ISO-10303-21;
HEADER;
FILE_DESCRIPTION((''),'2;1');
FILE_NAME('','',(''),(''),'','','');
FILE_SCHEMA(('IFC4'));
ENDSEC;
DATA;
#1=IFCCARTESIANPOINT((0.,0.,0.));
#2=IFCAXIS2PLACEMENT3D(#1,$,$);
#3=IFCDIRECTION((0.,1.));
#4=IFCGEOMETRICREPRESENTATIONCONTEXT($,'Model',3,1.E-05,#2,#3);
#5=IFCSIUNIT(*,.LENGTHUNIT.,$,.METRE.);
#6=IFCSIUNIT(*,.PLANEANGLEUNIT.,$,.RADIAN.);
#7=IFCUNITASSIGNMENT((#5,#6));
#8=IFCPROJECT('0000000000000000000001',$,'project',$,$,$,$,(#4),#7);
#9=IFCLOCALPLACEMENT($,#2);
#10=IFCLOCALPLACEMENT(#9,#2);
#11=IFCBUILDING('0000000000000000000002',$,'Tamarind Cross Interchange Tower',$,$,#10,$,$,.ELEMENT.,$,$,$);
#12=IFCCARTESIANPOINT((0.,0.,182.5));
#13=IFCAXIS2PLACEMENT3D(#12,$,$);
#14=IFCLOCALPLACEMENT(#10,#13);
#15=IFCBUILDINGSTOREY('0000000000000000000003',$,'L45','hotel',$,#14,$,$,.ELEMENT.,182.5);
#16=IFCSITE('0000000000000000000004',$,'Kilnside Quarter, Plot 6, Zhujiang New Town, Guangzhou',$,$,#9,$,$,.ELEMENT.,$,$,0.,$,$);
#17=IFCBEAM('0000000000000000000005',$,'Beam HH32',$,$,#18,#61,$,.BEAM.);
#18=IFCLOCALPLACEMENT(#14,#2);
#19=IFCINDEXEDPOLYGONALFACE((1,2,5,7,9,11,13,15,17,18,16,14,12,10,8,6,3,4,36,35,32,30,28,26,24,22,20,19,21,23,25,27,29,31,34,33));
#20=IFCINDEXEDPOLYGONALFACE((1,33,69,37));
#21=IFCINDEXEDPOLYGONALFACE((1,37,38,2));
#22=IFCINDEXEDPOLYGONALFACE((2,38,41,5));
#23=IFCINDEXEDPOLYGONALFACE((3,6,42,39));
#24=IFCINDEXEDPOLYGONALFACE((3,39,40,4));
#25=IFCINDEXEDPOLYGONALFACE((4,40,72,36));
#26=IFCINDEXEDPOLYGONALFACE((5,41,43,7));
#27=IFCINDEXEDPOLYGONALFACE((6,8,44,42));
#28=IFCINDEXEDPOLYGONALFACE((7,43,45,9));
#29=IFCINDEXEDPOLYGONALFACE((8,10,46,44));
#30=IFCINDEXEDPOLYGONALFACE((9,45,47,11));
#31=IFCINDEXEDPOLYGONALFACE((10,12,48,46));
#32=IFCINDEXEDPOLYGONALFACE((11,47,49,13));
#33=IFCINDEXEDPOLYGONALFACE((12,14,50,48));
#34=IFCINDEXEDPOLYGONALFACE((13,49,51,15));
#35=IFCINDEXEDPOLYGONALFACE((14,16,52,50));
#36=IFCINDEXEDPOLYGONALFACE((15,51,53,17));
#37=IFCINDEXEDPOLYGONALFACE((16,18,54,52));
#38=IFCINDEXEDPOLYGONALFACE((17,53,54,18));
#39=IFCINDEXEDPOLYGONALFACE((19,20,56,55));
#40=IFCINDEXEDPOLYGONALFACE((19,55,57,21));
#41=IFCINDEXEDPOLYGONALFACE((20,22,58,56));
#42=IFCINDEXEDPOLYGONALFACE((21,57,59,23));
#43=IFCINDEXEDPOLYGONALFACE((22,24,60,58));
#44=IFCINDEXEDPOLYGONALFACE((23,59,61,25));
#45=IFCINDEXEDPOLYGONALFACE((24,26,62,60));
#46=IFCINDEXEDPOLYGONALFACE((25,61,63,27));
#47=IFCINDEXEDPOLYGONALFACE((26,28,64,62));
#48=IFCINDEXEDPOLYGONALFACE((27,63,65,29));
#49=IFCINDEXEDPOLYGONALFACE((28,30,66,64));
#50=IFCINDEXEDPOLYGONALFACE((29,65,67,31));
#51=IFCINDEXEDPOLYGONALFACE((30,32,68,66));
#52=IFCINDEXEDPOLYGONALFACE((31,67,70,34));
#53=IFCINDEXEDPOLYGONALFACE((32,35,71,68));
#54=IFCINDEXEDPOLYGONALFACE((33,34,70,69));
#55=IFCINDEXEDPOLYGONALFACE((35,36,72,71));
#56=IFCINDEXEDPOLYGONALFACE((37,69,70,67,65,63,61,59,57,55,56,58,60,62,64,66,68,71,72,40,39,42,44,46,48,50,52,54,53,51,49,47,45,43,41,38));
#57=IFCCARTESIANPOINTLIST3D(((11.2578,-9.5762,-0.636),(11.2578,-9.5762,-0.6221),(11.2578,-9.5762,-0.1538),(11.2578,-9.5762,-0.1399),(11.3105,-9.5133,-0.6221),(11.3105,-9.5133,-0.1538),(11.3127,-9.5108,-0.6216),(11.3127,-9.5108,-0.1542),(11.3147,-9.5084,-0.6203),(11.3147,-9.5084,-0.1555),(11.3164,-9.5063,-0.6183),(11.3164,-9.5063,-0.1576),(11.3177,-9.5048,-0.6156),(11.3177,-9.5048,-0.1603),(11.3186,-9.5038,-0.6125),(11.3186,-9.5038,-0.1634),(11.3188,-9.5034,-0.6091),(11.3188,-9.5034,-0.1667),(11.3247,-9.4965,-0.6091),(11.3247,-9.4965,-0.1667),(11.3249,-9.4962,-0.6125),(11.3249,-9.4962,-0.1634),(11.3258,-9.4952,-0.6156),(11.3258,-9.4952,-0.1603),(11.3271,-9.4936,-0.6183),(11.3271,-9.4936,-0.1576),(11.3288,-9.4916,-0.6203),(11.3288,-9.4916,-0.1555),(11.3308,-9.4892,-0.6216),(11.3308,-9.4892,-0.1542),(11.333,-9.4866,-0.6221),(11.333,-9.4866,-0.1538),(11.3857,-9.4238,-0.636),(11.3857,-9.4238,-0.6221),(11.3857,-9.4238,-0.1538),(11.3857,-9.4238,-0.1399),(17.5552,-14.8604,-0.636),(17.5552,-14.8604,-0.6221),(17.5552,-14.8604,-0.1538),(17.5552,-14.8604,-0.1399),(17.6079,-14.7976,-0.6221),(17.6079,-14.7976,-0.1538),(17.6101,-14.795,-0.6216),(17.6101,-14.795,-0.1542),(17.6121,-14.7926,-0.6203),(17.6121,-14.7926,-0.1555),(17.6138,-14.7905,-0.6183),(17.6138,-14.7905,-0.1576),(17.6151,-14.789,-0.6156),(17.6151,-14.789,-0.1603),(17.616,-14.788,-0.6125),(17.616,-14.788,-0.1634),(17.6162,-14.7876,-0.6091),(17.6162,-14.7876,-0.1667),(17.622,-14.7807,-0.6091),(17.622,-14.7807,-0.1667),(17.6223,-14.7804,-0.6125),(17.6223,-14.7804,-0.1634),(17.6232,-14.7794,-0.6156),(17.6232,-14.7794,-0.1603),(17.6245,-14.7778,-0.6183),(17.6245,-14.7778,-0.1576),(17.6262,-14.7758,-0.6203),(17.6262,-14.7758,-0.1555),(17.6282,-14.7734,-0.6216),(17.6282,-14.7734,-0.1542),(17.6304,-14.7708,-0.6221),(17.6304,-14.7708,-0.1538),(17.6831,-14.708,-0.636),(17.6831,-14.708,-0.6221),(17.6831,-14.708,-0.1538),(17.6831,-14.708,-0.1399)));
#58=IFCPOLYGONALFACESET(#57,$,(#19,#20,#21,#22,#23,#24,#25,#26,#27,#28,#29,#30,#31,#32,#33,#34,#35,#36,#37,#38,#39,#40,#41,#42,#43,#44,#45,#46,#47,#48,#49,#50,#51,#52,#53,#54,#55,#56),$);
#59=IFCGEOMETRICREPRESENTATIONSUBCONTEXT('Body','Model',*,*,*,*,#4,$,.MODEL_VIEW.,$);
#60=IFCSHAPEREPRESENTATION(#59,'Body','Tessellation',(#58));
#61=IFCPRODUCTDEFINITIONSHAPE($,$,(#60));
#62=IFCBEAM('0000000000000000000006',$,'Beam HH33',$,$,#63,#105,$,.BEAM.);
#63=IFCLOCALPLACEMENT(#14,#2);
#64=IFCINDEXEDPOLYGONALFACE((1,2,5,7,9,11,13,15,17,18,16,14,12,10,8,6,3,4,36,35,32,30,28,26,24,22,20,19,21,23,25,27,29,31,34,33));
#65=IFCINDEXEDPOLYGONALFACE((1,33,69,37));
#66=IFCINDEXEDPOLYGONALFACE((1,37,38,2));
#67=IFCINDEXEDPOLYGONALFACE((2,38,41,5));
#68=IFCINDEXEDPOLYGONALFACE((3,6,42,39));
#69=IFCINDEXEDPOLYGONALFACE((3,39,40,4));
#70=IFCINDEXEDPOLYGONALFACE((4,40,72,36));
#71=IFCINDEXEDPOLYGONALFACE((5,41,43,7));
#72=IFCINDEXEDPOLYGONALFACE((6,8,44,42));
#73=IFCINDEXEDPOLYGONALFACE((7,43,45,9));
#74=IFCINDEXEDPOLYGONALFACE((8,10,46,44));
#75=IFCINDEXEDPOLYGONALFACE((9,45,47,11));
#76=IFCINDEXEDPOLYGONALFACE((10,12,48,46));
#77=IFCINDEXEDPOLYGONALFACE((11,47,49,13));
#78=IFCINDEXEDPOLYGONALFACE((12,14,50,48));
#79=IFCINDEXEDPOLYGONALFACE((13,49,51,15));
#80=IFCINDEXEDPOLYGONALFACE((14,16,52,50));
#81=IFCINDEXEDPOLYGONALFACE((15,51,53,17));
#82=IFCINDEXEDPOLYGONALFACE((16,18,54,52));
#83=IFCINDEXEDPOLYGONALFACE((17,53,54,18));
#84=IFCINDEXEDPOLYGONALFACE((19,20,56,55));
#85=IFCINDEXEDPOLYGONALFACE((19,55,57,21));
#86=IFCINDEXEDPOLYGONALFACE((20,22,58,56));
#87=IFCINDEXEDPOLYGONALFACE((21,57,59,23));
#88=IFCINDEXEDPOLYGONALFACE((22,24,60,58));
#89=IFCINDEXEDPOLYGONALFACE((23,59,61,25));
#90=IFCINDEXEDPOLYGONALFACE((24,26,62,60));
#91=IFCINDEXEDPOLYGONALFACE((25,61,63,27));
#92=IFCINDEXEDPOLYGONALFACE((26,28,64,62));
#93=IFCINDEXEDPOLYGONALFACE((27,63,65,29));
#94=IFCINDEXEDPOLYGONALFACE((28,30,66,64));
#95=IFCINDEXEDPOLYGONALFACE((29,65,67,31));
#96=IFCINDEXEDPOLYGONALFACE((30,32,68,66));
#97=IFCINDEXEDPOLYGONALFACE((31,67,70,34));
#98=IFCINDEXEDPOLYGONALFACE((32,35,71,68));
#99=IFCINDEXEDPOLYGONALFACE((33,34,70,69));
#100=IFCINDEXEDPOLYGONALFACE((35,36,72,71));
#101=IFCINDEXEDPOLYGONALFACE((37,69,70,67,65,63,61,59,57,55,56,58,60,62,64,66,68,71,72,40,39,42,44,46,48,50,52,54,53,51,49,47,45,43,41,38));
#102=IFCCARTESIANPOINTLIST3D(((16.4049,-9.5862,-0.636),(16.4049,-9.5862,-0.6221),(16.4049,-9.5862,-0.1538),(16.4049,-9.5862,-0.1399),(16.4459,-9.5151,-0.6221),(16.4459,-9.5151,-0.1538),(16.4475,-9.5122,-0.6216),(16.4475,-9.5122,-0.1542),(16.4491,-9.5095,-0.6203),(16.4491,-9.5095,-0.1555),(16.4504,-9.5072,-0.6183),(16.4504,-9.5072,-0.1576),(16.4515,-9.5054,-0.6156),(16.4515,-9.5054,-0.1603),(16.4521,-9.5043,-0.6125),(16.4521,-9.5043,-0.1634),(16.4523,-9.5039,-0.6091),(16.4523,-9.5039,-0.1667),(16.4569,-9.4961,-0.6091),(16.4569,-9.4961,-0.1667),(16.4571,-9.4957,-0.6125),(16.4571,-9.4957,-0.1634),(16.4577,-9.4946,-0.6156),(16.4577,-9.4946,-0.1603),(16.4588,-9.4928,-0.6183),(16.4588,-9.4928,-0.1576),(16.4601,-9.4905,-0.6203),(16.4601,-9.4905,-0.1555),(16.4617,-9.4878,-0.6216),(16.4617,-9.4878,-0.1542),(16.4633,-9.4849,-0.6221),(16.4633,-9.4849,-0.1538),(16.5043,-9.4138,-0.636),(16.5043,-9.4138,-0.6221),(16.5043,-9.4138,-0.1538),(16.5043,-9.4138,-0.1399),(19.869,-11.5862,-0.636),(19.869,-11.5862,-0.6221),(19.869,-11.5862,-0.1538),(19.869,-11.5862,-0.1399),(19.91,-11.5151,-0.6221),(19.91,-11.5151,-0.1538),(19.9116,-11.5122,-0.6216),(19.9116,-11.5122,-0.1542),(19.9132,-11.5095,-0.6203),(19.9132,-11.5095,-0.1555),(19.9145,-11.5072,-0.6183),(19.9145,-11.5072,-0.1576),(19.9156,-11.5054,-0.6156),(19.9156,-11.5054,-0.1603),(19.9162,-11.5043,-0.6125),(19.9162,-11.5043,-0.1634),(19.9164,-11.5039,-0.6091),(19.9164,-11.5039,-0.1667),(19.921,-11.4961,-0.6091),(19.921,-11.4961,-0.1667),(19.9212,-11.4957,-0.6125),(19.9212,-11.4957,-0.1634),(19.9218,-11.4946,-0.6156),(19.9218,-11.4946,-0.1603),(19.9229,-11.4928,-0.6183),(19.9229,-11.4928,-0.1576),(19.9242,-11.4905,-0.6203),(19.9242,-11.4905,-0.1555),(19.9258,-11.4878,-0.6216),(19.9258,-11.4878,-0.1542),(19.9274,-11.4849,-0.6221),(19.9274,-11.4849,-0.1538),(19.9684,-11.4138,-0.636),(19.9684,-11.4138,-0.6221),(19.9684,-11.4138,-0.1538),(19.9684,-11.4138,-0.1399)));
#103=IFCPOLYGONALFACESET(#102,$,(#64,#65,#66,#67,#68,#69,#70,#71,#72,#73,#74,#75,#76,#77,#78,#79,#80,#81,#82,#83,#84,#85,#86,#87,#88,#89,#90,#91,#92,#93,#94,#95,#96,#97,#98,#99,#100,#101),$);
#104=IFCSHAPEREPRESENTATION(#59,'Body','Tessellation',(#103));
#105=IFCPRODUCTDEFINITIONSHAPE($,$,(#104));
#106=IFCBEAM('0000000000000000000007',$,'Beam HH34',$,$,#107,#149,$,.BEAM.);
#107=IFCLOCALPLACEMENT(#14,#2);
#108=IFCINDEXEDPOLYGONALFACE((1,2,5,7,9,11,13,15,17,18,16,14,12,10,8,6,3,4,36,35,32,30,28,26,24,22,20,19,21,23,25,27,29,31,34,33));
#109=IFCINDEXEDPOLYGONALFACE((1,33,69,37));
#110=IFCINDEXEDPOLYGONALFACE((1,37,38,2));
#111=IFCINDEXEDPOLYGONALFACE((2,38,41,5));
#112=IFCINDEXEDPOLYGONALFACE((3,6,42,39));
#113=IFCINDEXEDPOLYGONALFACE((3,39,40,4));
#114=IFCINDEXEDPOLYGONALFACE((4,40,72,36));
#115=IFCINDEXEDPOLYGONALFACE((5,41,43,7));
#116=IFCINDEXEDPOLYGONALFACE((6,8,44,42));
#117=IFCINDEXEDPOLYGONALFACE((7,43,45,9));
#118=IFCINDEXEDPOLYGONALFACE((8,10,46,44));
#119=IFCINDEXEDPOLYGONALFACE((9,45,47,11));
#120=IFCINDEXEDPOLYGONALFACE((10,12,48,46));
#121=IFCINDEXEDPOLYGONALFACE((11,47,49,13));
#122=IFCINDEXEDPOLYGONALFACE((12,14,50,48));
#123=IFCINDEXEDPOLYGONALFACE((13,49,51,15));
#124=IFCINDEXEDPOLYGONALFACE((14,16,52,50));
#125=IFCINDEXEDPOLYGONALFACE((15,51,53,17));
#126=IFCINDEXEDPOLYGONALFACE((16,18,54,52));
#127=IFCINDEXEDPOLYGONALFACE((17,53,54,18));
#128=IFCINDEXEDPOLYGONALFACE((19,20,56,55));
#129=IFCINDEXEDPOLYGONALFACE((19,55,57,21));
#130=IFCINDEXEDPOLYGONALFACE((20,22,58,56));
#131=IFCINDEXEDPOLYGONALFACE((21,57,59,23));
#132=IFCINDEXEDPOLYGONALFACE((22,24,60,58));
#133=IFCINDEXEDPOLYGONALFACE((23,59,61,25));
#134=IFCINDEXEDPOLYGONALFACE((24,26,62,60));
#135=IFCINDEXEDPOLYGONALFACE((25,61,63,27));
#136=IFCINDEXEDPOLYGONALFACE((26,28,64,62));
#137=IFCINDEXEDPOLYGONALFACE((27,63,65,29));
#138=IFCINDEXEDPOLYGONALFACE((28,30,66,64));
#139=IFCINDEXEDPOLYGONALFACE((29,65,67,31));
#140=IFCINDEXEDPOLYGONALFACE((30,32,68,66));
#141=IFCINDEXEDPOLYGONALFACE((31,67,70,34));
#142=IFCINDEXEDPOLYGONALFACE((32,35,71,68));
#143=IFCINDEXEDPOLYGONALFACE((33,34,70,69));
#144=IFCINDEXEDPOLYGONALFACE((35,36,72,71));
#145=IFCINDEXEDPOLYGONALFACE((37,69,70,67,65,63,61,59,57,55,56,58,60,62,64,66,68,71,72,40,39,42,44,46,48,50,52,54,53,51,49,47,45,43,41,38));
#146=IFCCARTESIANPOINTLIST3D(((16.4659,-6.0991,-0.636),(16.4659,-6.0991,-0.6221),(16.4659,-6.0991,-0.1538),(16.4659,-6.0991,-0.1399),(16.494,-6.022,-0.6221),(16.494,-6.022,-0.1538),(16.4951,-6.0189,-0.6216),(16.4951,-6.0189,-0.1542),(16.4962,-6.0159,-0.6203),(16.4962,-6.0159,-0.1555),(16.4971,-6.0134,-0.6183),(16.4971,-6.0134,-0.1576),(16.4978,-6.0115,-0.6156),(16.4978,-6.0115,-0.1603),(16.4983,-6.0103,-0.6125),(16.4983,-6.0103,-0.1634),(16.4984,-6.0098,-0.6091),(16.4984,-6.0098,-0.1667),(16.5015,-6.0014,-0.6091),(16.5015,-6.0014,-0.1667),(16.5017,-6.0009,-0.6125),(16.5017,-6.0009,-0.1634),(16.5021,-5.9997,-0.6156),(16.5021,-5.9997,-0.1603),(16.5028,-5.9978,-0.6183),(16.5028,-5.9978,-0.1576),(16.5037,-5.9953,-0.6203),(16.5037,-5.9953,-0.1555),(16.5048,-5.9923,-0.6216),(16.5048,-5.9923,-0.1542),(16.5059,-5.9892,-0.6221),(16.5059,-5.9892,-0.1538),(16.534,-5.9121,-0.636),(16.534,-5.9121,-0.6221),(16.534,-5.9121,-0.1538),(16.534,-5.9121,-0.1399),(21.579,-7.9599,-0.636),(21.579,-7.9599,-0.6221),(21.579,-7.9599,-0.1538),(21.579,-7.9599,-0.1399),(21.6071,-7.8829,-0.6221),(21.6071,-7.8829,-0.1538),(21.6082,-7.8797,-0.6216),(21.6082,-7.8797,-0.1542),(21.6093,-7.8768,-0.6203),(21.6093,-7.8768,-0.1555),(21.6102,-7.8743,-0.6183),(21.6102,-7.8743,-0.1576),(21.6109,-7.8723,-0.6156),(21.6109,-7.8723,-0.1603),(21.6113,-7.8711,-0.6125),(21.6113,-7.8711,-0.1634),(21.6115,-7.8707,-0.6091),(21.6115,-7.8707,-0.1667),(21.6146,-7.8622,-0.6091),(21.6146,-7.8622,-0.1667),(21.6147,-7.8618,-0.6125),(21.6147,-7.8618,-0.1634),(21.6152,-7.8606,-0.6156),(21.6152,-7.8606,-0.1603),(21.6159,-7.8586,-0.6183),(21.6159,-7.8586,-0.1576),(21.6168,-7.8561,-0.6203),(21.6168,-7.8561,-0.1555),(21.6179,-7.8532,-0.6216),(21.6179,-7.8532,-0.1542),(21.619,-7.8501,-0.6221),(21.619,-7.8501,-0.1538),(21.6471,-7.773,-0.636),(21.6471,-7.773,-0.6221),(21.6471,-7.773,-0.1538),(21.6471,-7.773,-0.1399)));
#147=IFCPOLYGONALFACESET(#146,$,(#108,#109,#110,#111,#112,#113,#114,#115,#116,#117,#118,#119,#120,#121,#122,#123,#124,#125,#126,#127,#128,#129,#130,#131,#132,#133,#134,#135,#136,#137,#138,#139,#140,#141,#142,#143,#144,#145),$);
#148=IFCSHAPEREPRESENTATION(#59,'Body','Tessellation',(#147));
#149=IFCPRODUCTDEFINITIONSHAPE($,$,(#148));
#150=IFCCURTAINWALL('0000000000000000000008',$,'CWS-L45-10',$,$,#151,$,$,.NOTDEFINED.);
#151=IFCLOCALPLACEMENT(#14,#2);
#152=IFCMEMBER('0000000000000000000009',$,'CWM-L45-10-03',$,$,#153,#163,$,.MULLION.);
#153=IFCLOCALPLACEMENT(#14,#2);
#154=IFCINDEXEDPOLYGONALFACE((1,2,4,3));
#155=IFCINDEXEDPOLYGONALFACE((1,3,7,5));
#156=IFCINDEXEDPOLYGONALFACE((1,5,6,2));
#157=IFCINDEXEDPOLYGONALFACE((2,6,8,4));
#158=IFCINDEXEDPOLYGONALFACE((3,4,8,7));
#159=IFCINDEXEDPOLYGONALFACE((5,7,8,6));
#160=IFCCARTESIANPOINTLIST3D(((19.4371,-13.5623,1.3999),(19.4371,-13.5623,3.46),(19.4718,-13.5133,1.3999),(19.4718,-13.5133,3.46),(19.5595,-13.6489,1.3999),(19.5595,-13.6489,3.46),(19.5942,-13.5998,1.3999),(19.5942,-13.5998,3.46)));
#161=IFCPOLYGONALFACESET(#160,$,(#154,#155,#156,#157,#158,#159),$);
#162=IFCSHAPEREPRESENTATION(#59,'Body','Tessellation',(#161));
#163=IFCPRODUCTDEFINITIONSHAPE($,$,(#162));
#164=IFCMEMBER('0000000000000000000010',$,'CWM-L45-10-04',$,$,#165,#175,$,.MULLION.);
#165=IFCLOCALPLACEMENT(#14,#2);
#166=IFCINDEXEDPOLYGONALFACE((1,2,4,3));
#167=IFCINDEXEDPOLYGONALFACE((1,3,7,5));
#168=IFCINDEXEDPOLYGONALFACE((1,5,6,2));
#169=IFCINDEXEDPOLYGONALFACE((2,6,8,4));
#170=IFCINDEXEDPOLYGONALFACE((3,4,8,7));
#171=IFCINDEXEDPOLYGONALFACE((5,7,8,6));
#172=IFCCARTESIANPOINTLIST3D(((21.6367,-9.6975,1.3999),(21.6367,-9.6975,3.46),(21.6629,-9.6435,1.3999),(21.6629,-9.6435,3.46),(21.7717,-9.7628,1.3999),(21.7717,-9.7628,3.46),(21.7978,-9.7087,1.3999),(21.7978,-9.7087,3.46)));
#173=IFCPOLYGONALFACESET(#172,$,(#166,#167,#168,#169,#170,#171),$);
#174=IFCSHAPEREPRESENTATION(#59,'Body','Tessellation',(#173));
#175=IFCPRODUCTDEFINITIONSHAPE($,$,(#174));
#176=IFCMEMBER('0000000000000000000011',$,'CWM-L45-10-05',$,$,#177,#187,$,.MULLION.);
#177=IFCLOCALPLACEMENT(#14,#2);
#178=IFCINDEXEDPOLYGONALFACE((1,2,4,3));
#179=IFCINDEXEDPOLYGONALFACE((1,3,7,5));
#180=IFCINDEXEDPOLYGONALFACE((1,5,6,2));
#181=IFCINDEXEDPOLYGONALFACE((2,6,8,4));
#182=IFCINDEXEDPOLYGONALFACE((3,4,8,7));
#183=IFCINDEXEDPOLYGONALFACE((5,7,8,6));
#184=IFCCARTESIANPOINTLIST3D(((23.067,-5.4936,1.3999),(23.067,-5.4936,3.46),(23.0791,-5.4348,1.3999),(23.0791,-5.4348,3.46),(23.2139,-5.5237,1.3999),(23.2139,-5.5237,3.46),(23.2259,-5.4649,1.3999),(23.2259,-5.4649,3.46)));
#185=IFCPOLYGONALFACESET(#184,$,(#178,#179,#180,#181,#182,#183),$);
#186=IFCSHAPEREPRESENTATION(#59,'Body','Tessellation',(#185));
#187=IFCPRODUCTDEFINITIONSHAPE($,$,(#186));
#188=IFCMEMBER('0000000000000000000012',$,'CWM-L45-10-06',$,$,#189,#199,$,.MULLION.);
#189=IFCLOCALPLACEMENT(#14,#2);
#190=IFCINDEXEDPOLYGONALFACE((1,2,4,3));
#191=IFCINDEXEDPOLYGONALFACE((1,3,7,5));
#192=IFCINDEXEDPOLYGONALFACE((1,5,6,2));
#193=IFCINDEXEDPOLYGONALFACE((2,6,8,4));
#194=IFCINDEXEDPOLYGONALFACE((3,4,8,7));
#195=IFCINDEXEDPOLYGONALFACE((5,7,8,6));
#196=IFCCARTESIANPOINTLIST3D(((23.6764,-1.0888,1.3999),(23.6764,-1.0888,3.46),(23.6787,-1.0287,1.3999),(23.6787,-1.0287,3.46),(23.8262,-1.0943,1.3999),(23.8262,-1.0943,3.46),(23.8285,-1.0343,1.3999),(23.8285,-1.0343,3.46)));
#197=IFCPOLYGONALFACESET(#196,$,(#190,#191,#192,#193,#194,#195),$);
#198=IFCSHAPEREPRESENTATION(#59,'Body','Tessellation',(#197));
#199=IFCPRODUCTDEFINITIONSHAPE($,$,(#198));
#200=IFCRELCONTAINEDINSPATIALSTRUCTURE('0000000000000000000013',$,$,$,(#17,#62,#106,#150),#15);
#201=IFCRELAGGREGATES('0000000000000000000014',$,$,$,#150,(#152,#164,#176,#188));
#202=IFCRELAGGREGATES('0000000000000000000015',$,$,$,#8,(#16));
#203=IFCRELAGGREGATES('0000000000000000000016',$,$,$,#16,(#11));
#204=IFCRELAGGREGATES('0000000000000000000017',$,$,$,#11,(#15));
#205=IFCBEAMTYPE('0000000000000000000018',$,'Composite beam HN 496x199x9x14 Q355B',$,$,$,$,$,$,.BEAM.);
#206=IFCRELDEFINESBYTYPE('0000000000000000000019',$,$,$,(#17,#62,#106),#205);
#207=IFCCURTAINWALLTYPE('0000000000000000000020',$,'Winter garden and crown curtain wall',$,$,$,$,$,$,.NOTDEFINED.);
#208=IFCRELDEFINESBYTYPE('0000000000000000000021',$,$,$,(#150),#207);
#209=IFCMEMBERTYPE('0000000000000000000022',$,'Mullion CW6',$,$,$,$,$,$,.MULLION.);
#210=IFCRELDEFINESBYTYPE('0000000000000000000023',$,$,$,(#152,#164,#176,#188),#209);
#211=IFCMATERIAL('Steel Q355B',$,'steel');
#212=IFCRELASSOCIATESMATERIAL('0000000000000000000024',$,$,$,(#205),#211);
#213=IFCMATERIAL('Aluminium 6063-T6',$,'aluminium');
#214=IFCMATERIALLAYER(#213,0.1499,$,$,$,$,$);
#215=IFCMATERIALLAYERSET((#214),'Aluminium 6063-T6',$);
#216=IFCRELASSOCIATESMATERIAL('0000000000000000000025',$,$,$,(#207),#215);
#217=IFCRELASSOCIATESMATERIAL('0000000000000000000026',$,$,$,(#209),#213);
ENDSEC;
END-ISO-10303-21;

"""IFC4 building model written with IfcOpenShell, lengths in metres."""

from ifc_helpers import new_model, si_unit, direction, frame, origin, origin_2d, place, context, subcontext, project, spatial, rectangle, i_section, extrude, material, layer, layer_set, material_profile, profile_set, type_object, element, aggregate, save


model = new_model("IFC4")

# Units and contexts
model_context = context("Model", 3, precision=1e-05, world=origin(), true_north=direction((0.0, 1.0)))
body_context = subcontext(model_context, "Body", "Model", "MODEL_VIEW")
ifc_project = project(units=[si_unit("LENGTHUNIT", "METRE"), si_unit("PLANEANGLEUNIT", "RADIAN")], contexts=[model_context])

# Site, building, storey
site_placement = place(None, origin())
site = spatial("IfcSite", under=ifc_project, at=site_placement, Name="Kilnside Quarter, Plot 6, Zhujiang New Town, Guangzhou", CompositionType="ELEMENT", RefElevation=0.0)
building_placement = place(site_placement, origin())
building = spatial("IfcBuilding", under=site, at=building_placement, Name="Tamarind Cross Interchange Tower", CompositionType="ELEMENT")
storey_placement = place(building_placement, frame((0.0, 0.0, 182.5)))
storey = spatial("IfcBuildingStorey", under=building, at=storey_placement, Name="L45", Description="hotel", CompositionType="ELEMENT", Elevation=182.5)

# Beams
ifc_material_1 = material(Name="Steel Q355B", Category="steel")
ifc_material_profile_1 = material_profile(ifc_material_1, i_section(OverallWidth=0.199, OverallDepth=0.4961, WebThickness=0.009, FlangeThickness=0.0139, FilletRadius=0.0129, at=origin_2d()), Name="HN 496x199x9x14")
ifc_profile_set_1 = profile_set([ifc_material_profile_1], Name="Steel Q355B")
beam_type = type_object("IfcBeamType", Name="Composite beam HN 496x199x9x14 Q355B", PredefinedType="BEAM", material=ifc_profile_set_1)
beam_1_placement = place(storey_placement, frame((17.6191, -14.7842, -0.3879), z_axis=(-0.766041, 0.642792, 0.0), x_axis=(-0.642792, -0.766041, 0.0)))
element("IfcBeam", 1, at=beam_1_placement, inside=storey, type_object=beam_type, Name="Beam HH32", PredefinedType="BEAM", context=body_context, shape_type="SweptSolid", body=[
    extrude(i_section(OverallWidth=0.199, OverallDepth=0.4961, WebThickness=0.009, FlangeThickness=0.0139, FilletRadius=0.0129, at=origin_2d()), origin(), (0.0, 0.0, 1.0), 8.2207),
])
beam_2_placement = place(storey_placement, frame((19.9187, -11.5, -0.3879), z_axis=(-0.866026, 0.499999, 0.0), x_axis=(-0.499999, -0.866026, 0.0)))
element("IfcBeam", 2, at=beam_2_placement, inside=storey, type_object=beam_type, Name="Beam HH33", PredefinedType="BEAM", context=body_context, shape_type="SweptSolid", body=[
    extrude(i_section(OverallWidth=0.199, OverallDepth=0.4961, WebThickness=0.009, FlangeThickness=0.0139, FilletRadius=0.0129, at=origin_2d()), origin(), (0.0, 0.0, 1.0), 4.0),
])
beam_3_placement = place(storey_placement, frame((21.613, -7.8665, -0.3879), z_axis=(-0.939702, 0.341995, 0.0), x_axis=(-0.341995, -0.939702, 0.0)))
element("IfcBeam", 3, at=beam_3_placement, inside=storey, type_object=beam_type, Name="Beam HH34", PredefinedType="BEAM", context=body_context, shape_type="SweptSolid", body=[
    extrude(i_section(OverallWidth=0.199, OverallDepth=0.4961, WebThickness=0.009, FlangeThickness=0.0139, FilletRadius=0.0129, at=origin_2d()), origin(), (0.0, 0.0, 1.0), 5.4412),
])

# Curtain wall, members
ifc_material_2 = material(Name="Aluminium 6063-T6", Category="aluminium")
ifc_layer_1 = layer(ifc_material_2, 0.1499)
ifc_layer_set_1 = layer_set([ifc_layer_1], Name="Aluminium 6063-T6")
curtain_wall_type = type_object("IfcCurtainWallType", Name="Winter garden and crown curtain wall", PredefinedType="NOTDEFINED", material=ifc_layer_set_1)
curtain_wall_placement = place(storey_placement, origin())
curtain_wall = element("IfcCurtainWall", 4, at=curtain_wall_placement, inside=storey, type_object=curtain_wall_type, Name="CWS-L45-10", PredefinedType="NOTDEFINED")
ifc_material_profile_2 = material_profile(ifc_material_2, rectangle(XDim=0.0601, YDim=0.1499, at=origin_2d()), Name="Mullion CW6")
ifc_profile_set_2 = profile_set([ifc_material_profile_2], Name="Aluminium 6063-T6")
member_type = type_object("IfcMemberType", Name="Mullion CW6", PredefinedType="MULLION", material=ifc_profile_set_2)
member_1_placement = place(storey_placement, frame((19.5156, -13.5811, 1.3999), z_axis=(0.0, 0.0, 1.0), x_axis=(0.577569, 0.816342, 0.0)))
member_1 = element("IfcMember", 5, at=member_1_placement, type_object=member_type, Name="CWM-L45-10-03", PredefinedType="MULLION", context=body_context, shape_type="SweptSolid", body=[
    extrude(rectangle(XDim=0.0601, YDim=0.1499, at=origin_2d()), origin(), (0.0, 0.0, 1.0), 2.0601),
])
member_2_placement = place(storey_placement, frame((21.7173, -9.7031, 1.3999), z_axis=(0.0, 0.0, 1.0), x_axis=(0.435326, 0.900273, 0.0)))
member_2 = element("IfcMember", 6, at=member_2_placement, type_object=member_type, Name="CWM-L45-10-04", PredefinedType="MULLION", context=body_context, shape_type="SweptSolid", body=[
    extrude(rectangle(XDim=0.0601, YDim=0.1499, at=origin_2d()), origin(), (0.0, 0.0, 1.0), 2.0601),
])
member_3_placement = place(storey_placement, frame((23.1465, -5.4792, 1.3999), z_axis=(0.0, 0.0, 1.0), x_axis=(0.201001, 0.979591, 0.0)))
member_3 = element("IfcMember", 7, at=member_3_placement, type_object=member_type, Name="CWM-L45-10-05", PredefinedType="MULLION", context=body_context, shape_type="SweptSolid", body=[
    extrude(rectangle(XDim=0.0601, YDim=0.1499, at=origin_2d()), origin(), (0.0, 0.0, 1.0), 2.0601),
])
member_4_placement = place(storey_placement, frame((23.7524, -1.0615, 1.3999), z_axis=(0.0, 0.0, 1.0), x_axis=(0.037025, 0.999314, 0.0)))
member_4 = element("IfcMember", 8, at=member_4_placement, type_object=member_type, Name="CWM-L45-10-06", PredefinedType="MULLION", context=body_context, shape_type="SweptSolid", body=[
    extrude(rectangle(XDim=0.0601, YDim=0.1499, at=origin_2d()), origin(), (0.0, 0.0, 1.0), 2.0601),
])
aggregate(curtain_wall, [member_1, member_2, member_3, member_4])

save(model, "model.ifc")
